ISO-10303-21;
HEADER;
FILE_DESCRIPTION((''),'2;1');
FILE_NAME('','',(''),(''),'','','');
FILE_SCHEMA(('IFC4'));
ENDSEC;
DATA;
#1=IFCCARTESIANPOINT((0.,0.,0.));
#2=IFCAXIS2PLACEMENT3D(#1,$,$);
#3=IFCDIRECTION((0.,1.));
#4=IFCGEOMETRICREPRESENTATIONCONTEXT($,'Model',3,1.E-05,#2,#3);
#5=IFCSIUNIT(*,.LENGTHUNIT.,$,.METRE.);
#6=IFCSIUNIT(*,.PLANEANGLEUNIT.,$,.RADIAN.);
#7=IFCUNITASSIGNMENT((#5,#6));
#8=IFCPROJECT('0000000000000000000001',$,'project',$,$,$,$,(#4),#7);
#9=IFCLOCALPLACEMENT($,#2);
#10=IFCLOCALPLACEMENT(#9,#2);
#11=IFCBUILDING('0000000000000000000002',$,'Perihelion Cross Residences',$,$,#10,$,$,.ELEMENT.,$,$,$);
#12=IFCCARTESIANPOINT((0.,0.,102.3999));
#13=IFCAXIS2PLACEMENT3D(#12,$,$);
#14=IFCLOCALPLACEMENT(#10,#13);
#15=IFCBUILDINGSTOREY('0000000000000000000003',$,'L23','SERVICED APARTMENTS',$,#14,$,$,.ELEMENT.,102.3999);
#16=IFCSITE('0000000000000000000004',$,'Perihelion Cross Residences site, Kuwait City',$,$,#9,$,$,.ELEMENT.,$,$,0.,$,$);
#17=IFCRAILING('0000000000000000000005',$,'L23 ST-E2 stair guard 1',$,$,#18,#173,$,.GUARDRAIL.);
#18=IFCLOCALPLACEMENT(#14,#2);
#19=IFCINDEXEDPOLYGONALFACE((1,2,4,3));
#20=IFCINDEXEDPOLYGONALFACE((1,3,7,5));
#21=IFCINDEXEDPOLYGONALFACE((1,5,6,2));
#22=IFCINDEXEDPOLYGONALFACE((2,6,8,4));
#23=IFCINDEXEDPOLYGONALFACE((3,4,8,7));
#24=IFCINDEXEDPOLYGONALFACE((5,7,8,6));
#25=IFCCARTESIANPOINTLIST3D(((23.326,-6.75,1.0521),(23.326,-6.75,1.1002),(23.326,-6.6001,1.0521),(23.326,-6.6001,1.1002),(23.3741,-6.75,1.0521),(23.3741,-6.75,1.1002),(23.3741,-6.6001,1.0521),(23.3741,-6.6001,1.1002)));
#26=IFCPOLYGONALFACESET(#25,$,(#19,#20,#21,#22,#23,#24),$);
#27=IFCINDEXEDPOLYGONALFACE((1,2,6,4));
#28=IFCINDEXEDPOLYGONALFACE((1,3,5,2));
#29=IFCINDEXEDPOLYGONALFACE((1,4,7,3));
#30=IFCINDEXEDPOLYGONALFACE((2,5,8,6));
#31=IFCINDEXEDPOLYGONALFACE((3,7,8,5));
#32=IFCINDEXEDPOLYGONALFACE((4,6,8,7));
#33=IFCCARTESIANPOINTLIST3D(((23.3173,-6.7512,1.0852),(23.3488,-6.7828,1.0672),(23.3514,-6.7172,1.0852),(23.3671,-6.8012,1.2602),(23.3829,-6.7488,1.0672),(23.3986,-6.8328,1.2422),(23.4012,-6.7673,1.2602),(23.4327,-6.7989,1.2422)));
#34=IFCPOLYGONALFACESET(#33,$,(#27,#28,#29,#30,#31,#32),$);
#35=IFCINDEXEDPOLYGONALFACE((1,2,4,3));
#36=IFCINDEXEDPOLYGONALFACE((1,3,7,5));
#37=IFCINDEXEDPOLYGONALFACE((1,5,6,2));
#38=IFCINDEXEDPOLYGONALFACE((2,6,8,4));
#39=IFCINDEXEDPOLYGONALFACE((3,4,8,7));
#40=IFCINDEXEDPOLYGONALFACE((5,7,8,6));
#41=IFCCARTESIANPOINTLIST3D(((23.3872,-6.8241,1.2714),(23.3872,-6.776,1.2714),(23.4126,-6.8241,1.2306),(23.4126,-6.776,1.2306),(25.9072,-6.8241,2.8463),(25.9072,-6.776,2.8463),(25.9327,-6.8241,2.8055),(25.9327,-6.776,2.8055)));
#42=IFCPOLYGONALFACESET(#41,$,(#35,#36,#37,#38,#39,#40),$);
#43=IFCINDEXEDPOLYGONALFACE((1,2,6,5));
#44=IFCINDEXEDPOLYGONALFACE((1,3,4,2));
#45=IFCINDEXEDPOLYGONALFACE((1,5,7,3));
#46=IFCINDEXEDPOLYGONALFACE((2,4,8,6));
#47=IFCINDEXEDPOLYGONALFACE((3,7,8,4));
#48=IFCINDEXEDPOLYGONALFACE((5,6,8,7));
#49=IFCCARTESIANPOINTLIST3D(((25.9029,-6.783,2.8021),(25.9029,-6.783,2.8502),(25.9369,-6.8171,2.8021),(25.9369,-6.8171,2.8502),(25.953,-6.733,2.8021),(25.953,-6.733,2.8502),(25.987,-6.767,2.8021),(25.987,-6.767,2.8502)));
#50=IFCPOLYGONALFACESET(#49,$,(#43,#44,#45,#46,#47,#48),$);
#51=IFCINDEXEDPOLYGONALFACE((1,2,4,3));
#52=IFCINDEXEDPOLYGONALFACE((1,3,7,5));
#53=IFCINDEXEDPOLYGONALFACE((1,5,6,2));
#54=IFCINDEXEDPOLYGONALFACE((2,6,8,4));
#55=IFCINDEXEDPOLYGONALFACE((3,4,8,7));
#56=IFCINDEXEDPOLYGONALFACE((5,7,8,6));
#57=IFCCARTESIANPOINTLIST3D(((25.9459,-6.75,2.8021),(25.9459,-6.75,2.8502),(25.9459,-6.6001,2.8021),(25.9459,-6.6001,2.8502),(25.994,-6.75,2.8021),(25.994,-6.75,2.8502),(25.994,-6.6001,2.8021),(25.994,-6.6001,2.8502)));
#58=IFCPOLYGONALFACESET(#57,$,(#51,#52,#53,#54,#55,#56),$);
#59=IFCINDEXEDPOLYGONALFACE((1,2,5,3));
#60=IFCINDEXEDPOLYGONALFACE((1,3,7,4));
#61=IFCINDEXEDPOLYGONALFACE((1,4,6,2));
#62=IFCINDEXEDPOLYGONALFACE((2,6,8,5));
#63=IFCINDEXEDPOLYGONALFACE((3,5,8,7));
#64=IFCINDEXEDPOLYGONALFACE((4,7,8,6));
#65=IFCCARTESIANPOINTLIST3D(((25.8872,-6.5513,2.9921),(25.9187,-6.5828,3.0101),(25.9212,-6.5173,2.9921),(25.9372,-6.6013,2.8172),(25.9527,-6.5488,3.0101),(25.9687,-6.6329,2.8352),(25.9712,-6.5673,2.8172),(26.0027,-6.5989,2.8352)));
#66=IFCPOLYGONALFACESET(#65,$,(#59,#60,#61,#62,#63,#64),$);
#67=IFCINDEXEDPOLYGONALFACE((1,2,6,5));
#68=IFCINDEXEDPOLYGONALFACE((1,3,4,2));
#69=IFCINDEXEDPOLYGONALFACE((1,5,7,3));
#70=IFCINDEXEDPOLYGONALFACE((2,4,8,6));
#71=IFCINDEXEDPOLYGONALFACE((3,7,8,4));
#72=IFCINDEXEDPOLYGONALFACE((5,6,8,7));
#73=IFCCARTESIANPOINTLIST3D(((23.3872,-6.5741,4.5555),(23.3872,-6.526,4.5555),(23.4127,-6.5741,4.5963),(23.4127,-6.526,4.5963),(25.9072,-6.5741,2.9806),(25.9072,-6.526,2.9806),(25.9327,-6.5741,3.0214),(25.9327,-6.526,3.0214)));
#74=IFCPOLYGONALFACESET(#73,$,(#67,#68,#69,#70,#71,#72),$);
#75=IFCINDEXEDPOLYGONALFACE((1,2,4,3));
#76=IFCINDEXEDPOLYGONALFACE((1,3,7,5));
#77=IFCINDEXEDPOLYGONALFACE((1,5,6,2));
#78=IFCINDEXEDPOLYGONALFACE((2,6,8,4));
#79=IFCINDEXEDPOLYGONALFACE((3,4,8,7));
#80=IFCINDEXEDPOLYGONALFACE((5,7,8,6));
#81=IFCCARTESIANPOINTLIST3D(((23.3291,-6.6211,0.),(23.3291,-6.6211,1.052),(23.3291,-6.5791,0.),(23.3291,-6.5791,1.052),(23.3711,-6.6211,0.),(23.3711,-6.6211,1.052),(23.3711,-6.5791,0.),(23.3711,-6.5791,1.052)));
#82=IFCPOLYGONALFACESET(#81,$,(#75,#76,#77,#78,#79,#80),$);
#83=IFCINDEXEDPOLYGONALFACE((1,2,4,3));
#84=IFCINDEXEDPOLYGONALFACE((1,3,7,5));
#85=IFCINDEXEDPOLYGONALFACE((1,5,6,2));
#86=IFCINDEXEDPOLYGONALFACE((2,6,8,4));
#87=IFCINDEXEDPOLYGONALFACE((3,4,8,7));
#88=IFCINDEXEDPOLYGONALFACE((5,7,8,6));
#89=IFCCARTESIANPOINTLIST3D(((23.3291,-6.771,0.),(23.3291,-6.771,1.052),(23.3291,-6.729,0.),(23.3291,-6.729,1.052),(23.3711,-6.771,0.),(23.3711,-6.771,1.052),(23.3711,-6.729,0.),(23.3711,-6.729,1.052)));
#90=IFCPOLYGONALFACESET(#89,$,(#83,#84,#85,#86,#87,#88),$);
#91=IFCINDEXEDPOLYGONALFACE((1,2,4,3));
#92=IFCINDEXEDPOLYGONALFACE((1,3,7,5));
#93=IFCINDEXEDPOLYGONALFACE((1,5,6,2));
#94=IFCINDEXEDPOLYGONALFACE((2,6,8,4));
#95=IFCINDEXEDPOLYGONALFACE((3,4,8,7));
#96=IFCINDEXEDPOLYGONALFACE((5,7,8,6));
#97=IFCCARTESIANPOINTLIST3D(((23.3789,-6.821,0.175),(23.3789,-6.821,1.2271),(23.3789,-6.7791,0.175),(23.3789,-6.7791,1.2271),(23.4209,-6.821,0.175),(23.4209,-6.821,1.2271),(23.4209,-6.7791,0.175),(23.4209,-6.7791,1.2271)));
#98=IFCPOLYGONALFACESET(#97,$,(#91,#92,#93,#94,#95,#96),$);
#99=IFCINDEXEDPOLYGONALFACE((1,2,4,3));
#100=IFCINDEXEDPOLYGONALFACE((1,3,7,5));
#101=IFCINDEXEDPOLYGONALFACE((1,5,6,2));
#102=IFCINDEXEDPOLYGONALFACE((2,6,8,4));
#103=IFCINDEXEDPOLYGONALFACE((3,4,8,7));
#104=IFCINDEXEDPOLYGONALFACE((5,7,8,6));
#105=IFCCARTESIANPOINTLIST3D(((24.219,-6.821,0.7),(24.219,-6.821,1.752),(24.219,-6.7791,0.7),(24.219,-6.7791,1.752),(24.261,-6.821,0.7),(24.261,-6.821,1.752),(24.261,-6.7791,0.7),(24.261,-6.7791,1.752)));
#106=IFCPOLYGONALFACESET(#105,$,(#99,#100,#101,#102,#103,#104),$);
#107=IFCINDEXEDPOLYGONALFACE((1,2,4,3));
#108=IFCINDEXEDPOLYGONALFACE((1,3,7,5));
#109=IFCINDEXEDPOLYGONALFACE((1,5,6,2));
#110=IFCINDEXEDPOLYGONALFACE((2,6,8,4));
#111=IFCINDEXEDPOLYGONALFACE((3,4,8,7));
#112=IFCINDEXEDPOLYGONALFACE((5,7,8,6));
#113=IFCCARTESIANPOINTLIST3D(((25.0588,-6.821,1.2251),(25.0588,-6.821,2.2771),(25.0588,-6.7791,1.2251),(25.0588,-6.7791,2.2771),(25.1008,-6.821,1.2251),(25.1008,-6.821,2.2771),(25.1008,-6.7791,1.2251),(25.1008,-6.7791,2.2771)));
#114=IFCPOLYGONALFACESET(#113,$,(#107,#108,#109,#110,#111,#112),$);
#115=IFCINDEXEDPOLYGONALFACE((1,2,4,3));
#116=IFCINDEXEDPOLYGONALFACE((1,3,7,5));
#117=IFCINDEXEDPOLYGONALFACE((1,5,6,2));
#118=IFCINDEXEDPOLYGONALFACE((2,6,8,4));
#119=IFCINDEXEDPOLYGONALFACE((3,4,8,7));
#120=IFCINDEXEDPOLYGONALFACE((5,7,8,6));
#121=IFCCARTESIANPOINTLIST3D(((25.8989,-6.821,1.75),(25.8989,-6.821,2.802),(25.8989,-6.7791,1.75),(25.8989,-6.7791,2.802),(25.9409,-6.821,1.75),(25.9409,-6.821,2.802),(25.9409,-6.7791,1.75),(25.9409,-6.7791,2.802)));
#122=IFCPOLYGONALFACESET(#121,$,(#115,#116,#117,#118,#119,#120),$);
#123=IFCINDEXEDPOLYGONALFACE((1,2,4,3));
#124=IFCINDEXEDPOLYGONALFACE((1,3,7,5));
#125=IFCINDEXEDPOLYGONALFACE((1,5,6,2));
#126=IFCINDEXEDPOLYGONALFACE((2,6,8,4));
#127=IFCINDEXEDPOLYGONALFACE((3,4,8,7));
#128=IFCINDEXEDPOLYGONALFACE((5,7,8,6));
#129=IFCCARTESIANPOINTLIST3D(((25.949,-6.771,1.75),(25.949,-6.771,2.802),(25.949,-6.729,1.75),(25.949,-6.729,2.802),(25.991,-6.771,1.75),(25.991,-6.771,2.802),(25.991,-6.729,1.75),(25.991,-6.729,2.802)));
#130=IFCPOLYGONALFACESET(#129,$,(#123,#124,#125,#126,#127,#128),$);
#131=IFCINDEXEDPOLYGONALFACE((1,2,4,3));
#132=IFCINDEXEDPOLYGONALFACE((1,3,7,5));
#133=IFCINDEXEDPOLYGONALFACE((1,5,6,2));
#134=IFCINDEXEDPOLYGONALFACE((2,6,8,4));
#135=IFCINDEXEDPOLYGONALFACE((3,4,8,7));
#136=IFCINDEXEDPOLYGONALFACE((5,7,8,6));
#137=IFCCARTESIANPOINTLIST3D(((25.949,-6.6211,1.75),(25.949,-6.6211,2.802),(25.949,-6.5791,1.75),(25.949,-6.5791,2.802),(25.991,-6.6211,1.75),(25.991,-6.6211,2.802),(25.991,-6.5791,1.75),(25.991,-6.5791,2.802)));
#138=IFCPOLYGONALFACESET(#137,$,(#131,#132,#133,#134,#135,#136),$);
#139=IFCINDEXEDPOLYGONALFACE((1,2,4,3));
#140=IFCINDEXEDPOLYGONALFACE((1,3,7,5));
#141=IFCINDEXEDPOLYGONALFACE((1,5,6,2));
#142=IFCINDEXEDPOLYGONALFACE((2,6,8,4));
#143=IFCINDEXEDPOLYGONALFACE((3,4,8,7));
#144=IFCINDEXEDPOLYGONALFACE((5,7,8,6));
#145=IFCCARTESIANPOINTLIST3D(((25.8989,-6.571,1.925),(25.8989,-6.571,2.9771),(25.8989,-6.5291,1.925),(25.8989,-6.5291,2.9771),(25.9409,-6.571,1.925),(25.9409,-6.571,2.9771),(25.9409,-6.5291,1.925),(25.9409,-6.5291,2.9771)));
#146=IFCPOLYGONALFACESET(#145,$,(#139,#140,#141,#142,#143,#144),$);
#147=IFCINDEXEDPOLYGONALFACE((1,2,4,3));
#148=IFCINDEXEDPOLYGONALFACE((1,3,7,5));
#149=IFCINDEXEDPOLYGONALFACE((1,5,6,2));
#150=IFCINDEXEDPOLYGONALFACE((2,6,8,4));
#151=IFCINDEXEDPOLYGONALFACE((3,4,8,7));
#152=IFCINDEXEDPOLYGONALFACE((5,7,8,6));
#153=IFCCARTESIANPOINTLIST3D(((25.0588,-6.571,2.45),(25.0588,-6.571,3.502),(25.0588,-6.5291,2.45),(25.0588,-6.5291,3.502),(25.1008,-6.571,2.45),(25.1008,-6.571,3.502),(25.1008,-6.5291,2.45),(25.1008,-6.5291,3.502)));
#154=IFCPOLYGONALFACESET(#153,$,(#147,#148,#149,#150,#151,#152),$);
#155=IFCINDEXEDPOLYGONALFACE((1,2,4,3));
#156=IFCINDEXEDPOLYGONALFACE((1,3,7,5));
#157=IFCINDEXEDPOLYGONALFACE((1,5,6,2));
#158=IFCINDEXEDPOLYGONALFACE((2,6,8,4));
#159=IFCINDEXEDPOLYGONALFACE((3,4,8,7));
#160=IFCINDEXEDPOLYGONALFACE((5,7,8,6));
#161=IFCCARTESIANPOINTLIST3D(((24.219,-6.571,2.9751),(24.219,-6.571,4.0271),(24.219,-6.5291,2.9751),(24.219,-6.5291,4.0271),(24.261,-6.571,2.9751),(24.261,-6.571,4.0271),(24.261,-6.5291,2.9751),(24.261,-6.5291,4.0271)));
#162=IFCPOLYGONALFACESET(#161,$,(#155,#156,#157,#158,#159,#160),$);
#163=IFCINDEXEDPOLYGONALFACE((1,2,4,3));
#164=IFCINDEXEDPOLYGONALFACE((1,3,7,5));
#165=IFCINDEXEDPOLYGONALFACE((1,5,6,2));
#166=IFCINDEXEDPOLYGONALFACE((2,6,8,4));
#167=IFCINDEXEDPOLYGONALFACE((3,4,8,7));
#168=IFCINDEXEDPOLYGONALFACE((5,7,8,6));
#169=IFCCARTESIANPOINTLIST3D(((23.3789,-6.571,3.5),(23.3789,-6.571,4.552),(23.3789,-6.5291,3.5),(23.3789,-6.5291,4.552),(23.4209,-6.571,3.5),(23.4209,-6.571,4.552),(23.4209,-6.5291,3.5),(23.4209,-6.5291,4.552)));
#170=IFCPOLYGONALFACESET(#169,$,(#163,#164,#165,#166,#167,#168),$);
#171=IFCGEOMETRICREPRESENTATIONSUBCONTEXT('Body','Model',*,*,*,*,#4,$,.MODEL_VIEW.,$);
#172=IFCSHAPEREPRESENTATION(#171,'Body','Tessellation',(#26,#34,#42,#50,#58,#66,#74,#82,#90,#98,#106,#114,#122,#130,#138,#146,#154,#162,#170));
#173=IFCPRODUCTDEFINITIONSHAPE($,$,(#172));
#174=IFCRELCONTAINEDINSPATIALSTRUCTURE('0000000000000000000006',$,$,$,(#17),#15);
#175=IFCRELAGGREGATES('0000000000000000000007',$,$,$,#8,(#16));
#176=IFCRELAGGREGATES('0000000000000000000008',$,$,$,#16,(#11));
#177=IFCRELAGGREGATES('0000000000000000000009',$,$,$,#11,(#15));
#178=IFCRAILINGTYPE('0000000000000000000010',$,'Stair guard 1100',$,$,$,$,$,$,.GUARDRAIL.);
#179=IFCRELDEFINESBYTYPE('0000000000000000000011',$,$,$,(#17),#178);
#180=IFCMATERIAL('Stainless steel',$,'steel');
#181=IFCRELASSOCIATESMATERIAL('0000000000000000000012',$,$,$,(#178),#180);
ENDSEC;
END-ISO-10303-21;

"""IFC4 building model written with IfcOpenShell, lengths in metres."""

from ifc_helpers import new_model, si_unit, direction, frame, origin, origin_2d, place, context, subcontext, project, spatial, rectangle, extrude, material, type_object, element, save


model = new_model("IFC4")

# Units and contexts
model_context = context("Model", 3, precision=1e-05, world=origin(), true_north=direction((0.0, 1.0)))
body_context = subcontext(model_context, "Body", "Model", "MODEL_VIEW")
ifc_project = project(units=[si_unit("LENGTHUNIT", "METRE"), si_unit("PLANEANGLEUNIT", "RADIAN")], contexts=[model_context])

# Site, building, storey
site_placement = place(None, origin())
site = spatial("IfcSite", under=ifc_project, at=site_placement, Name="Perihelion Cross Residences site, Kuwait City", CompositionType="ELEMENT", RefElevation=0.0)
building_placement = place(site_placement, origin())
building = spatial("IfcBuilding", under=site, at=building_placement, Name="Perihelion Cross Residences", CompositionType="ELEMENT")
storey_placement = place(building_placement, frame((0.0, 0.0, 102.3999)))
storey = spatial("IfcBuildingStorey", under=building, at=storey_placement, Name="L23", Description="SERVICED APARTMENTS", CompositionType="ELEMENT", Elevation=102.3999)

# Railing
ifc_material_1 = material(Name="Stainless steel", Category="steel")
railing_type_1 = type_object("IfcRailingType", Name="Stair guard 1100", PredefinedType="GUARDRAIL", material=ifc_material_1)
railing_1_placement = place(storey_placement, frame((23.3501, -6.6001, 0.0)))
element("IfcRailing", 1, at=railing_1_placement, inside=storey, type_object=railing_type_1, Name="L23 ST-E2 stair guard 1", PredefinedType="GUARDRAIL", context=body_context, shape_type="SweptSolid", body=[
    extrude(rectangle(XDim=0.0481, YDim=0.0481, at=origin_2d()), frame((0.0, 0.0, 1.0762), z_axis=(0.0, -1.0, 0.0), x_axis=(1.0, 0.0, 0.0)), (0.0, 0.0, 1.0), 0.1499),
    extrude(rectangle(XDim=0.0481, YDim=0.0481, at=origin_2d()), frame((0.0, -0.1499, 1.0762), z_axis=(0.263862, -0.265156, 0.927399), x_axis=(0.708834, 0.705376, 0.0)), (0.0, 0.0, 1.0), 0.1887),
    extrude(rectangle(XDim=0.0481, YDim=0.0481, at=origin_2d()), frame((0.0498, -0.2, 1.251), z_axis=(0.848008, 0.0, 0.529984), x_axis=(0.0, 1.0, 0.0)), (0.0, 0.0, 1.0), 2.9717),
    extrude(rectangle(XDim=0.0481, YDim=0.0481, at=origin_2d()), frame((2.5698, -0.2, 2.8262), z_axis=(0.707107, 0.707107, 0.0), x_axis=(-0.707107, 0.707107, 0.0)), (0.0, 0.0, 1.0), 0.0708),
    extrude(rectangle(XDim=0.0481, YDim=0.0481, at=origin_2d()), frame((2.6199, -0.1499, 2.8262), z_axis=(0.0, 1.0, 0.0), x_axis=(-1.0, 0.0, 0.0)), (0.0, 0.0, 1.0), 0.1499),
    extrude(rectangle(XDim=0.0481, YDim=0.0481, at=origin_2d()), frame((2.6199, 0.0, 2.8262), z_axis=(-0.265065, 0.265065, 0.927082), x_axis=(-0.707107, -0.707107, 0.0)), (0.0, 0.0, 1.0), 0.1887),
    extrude(rectangle(XDim=0.0481, YDim=0.0481, at=origin_2d()), frame((2.5698, 0.05, 3.001), z_axis=(-0.848008, 0.0, 0.529984), x_axis=(0.0, -1.0, 0.0)), (0.0, 0.0, 1.0), 2.9717),
    extrude(rectangle(XDim=0.042, YDim=0.042, at=origin_2d()), origin(), (0.0, 0.0, 1.0), 1.052),
    extrude(rectangle(XDim=0.042, YDim=0.042, at=origin_2d()), frame((0.0, -0.1499, 0.0)), (0.0, 0.0, 1.0), 1.052),
    extrude(rectangle(XDim=0.042, YDim=0.042, at=origin_2d()), frame((0.0498, -0.2, 0.175)), (0.0, 0.0, 1.0), 1.052),
    extrude(rectangle(XDim=0.042, YDim=0.042, at=origin_2d()), frame((0.8899, -0.2, 0.7)), (0.0, 0.0, 1.0), 1.052),
    extrude(rectangle(XDim=0.042, YDim=0.042, at=origin_2d()), frame((1.7297, -0.2, 1.2251)), (0.0, 0.0, 1.0), 1.052),
    extrude(rectangle(XDim=0.042, YDim=0.042, at=origin_2d()), frame((2.5698, -0.2, 1.75)), (0.0, 0.0, 1.0), 1.052),
    extrude(rectangle(XDim=0.042, YDim=0.042, at=origin_2d()), frame((2.6199, -0.1499, 1.75)), (0.0, 0.0, 1.0), 1.052),
    extrude(rectangle(XDim=0.042, YDim=0.042, at=origin_2d()), frame((2.6199, 0.0, 1.75)), (0.0, 0.0, 1.0), 1.052),
    extrude(rectangle(XDim=0.042, YDim=0.042, at=origin_2d()), frame((2.5698, 0.05, 1.925)), (0.0, 0.0, 1.0), 1.052),
    extrude(rectangle(XDim=0.042, YDim=0.042, at=origin_2d()), frame((1.7297, 0.05, 2.45)), (0.0, 0.0, 1.0), 1.052),
    extrude(rectangle(XDim=0.042, YDim=0.042, at=origin_2d()), frame((0.8899, 0.05, 2.9751)), (0.0, 0.0, 1.0), 1.052),
    extrude(rectangle(XDim=0.042, YDim=0.042, at=origin_2d()), frame((0.0498, 0.05, 3.5)), (0.0, 0.0, 1.0), 1.052),
])

save(model, "model.ifc")
